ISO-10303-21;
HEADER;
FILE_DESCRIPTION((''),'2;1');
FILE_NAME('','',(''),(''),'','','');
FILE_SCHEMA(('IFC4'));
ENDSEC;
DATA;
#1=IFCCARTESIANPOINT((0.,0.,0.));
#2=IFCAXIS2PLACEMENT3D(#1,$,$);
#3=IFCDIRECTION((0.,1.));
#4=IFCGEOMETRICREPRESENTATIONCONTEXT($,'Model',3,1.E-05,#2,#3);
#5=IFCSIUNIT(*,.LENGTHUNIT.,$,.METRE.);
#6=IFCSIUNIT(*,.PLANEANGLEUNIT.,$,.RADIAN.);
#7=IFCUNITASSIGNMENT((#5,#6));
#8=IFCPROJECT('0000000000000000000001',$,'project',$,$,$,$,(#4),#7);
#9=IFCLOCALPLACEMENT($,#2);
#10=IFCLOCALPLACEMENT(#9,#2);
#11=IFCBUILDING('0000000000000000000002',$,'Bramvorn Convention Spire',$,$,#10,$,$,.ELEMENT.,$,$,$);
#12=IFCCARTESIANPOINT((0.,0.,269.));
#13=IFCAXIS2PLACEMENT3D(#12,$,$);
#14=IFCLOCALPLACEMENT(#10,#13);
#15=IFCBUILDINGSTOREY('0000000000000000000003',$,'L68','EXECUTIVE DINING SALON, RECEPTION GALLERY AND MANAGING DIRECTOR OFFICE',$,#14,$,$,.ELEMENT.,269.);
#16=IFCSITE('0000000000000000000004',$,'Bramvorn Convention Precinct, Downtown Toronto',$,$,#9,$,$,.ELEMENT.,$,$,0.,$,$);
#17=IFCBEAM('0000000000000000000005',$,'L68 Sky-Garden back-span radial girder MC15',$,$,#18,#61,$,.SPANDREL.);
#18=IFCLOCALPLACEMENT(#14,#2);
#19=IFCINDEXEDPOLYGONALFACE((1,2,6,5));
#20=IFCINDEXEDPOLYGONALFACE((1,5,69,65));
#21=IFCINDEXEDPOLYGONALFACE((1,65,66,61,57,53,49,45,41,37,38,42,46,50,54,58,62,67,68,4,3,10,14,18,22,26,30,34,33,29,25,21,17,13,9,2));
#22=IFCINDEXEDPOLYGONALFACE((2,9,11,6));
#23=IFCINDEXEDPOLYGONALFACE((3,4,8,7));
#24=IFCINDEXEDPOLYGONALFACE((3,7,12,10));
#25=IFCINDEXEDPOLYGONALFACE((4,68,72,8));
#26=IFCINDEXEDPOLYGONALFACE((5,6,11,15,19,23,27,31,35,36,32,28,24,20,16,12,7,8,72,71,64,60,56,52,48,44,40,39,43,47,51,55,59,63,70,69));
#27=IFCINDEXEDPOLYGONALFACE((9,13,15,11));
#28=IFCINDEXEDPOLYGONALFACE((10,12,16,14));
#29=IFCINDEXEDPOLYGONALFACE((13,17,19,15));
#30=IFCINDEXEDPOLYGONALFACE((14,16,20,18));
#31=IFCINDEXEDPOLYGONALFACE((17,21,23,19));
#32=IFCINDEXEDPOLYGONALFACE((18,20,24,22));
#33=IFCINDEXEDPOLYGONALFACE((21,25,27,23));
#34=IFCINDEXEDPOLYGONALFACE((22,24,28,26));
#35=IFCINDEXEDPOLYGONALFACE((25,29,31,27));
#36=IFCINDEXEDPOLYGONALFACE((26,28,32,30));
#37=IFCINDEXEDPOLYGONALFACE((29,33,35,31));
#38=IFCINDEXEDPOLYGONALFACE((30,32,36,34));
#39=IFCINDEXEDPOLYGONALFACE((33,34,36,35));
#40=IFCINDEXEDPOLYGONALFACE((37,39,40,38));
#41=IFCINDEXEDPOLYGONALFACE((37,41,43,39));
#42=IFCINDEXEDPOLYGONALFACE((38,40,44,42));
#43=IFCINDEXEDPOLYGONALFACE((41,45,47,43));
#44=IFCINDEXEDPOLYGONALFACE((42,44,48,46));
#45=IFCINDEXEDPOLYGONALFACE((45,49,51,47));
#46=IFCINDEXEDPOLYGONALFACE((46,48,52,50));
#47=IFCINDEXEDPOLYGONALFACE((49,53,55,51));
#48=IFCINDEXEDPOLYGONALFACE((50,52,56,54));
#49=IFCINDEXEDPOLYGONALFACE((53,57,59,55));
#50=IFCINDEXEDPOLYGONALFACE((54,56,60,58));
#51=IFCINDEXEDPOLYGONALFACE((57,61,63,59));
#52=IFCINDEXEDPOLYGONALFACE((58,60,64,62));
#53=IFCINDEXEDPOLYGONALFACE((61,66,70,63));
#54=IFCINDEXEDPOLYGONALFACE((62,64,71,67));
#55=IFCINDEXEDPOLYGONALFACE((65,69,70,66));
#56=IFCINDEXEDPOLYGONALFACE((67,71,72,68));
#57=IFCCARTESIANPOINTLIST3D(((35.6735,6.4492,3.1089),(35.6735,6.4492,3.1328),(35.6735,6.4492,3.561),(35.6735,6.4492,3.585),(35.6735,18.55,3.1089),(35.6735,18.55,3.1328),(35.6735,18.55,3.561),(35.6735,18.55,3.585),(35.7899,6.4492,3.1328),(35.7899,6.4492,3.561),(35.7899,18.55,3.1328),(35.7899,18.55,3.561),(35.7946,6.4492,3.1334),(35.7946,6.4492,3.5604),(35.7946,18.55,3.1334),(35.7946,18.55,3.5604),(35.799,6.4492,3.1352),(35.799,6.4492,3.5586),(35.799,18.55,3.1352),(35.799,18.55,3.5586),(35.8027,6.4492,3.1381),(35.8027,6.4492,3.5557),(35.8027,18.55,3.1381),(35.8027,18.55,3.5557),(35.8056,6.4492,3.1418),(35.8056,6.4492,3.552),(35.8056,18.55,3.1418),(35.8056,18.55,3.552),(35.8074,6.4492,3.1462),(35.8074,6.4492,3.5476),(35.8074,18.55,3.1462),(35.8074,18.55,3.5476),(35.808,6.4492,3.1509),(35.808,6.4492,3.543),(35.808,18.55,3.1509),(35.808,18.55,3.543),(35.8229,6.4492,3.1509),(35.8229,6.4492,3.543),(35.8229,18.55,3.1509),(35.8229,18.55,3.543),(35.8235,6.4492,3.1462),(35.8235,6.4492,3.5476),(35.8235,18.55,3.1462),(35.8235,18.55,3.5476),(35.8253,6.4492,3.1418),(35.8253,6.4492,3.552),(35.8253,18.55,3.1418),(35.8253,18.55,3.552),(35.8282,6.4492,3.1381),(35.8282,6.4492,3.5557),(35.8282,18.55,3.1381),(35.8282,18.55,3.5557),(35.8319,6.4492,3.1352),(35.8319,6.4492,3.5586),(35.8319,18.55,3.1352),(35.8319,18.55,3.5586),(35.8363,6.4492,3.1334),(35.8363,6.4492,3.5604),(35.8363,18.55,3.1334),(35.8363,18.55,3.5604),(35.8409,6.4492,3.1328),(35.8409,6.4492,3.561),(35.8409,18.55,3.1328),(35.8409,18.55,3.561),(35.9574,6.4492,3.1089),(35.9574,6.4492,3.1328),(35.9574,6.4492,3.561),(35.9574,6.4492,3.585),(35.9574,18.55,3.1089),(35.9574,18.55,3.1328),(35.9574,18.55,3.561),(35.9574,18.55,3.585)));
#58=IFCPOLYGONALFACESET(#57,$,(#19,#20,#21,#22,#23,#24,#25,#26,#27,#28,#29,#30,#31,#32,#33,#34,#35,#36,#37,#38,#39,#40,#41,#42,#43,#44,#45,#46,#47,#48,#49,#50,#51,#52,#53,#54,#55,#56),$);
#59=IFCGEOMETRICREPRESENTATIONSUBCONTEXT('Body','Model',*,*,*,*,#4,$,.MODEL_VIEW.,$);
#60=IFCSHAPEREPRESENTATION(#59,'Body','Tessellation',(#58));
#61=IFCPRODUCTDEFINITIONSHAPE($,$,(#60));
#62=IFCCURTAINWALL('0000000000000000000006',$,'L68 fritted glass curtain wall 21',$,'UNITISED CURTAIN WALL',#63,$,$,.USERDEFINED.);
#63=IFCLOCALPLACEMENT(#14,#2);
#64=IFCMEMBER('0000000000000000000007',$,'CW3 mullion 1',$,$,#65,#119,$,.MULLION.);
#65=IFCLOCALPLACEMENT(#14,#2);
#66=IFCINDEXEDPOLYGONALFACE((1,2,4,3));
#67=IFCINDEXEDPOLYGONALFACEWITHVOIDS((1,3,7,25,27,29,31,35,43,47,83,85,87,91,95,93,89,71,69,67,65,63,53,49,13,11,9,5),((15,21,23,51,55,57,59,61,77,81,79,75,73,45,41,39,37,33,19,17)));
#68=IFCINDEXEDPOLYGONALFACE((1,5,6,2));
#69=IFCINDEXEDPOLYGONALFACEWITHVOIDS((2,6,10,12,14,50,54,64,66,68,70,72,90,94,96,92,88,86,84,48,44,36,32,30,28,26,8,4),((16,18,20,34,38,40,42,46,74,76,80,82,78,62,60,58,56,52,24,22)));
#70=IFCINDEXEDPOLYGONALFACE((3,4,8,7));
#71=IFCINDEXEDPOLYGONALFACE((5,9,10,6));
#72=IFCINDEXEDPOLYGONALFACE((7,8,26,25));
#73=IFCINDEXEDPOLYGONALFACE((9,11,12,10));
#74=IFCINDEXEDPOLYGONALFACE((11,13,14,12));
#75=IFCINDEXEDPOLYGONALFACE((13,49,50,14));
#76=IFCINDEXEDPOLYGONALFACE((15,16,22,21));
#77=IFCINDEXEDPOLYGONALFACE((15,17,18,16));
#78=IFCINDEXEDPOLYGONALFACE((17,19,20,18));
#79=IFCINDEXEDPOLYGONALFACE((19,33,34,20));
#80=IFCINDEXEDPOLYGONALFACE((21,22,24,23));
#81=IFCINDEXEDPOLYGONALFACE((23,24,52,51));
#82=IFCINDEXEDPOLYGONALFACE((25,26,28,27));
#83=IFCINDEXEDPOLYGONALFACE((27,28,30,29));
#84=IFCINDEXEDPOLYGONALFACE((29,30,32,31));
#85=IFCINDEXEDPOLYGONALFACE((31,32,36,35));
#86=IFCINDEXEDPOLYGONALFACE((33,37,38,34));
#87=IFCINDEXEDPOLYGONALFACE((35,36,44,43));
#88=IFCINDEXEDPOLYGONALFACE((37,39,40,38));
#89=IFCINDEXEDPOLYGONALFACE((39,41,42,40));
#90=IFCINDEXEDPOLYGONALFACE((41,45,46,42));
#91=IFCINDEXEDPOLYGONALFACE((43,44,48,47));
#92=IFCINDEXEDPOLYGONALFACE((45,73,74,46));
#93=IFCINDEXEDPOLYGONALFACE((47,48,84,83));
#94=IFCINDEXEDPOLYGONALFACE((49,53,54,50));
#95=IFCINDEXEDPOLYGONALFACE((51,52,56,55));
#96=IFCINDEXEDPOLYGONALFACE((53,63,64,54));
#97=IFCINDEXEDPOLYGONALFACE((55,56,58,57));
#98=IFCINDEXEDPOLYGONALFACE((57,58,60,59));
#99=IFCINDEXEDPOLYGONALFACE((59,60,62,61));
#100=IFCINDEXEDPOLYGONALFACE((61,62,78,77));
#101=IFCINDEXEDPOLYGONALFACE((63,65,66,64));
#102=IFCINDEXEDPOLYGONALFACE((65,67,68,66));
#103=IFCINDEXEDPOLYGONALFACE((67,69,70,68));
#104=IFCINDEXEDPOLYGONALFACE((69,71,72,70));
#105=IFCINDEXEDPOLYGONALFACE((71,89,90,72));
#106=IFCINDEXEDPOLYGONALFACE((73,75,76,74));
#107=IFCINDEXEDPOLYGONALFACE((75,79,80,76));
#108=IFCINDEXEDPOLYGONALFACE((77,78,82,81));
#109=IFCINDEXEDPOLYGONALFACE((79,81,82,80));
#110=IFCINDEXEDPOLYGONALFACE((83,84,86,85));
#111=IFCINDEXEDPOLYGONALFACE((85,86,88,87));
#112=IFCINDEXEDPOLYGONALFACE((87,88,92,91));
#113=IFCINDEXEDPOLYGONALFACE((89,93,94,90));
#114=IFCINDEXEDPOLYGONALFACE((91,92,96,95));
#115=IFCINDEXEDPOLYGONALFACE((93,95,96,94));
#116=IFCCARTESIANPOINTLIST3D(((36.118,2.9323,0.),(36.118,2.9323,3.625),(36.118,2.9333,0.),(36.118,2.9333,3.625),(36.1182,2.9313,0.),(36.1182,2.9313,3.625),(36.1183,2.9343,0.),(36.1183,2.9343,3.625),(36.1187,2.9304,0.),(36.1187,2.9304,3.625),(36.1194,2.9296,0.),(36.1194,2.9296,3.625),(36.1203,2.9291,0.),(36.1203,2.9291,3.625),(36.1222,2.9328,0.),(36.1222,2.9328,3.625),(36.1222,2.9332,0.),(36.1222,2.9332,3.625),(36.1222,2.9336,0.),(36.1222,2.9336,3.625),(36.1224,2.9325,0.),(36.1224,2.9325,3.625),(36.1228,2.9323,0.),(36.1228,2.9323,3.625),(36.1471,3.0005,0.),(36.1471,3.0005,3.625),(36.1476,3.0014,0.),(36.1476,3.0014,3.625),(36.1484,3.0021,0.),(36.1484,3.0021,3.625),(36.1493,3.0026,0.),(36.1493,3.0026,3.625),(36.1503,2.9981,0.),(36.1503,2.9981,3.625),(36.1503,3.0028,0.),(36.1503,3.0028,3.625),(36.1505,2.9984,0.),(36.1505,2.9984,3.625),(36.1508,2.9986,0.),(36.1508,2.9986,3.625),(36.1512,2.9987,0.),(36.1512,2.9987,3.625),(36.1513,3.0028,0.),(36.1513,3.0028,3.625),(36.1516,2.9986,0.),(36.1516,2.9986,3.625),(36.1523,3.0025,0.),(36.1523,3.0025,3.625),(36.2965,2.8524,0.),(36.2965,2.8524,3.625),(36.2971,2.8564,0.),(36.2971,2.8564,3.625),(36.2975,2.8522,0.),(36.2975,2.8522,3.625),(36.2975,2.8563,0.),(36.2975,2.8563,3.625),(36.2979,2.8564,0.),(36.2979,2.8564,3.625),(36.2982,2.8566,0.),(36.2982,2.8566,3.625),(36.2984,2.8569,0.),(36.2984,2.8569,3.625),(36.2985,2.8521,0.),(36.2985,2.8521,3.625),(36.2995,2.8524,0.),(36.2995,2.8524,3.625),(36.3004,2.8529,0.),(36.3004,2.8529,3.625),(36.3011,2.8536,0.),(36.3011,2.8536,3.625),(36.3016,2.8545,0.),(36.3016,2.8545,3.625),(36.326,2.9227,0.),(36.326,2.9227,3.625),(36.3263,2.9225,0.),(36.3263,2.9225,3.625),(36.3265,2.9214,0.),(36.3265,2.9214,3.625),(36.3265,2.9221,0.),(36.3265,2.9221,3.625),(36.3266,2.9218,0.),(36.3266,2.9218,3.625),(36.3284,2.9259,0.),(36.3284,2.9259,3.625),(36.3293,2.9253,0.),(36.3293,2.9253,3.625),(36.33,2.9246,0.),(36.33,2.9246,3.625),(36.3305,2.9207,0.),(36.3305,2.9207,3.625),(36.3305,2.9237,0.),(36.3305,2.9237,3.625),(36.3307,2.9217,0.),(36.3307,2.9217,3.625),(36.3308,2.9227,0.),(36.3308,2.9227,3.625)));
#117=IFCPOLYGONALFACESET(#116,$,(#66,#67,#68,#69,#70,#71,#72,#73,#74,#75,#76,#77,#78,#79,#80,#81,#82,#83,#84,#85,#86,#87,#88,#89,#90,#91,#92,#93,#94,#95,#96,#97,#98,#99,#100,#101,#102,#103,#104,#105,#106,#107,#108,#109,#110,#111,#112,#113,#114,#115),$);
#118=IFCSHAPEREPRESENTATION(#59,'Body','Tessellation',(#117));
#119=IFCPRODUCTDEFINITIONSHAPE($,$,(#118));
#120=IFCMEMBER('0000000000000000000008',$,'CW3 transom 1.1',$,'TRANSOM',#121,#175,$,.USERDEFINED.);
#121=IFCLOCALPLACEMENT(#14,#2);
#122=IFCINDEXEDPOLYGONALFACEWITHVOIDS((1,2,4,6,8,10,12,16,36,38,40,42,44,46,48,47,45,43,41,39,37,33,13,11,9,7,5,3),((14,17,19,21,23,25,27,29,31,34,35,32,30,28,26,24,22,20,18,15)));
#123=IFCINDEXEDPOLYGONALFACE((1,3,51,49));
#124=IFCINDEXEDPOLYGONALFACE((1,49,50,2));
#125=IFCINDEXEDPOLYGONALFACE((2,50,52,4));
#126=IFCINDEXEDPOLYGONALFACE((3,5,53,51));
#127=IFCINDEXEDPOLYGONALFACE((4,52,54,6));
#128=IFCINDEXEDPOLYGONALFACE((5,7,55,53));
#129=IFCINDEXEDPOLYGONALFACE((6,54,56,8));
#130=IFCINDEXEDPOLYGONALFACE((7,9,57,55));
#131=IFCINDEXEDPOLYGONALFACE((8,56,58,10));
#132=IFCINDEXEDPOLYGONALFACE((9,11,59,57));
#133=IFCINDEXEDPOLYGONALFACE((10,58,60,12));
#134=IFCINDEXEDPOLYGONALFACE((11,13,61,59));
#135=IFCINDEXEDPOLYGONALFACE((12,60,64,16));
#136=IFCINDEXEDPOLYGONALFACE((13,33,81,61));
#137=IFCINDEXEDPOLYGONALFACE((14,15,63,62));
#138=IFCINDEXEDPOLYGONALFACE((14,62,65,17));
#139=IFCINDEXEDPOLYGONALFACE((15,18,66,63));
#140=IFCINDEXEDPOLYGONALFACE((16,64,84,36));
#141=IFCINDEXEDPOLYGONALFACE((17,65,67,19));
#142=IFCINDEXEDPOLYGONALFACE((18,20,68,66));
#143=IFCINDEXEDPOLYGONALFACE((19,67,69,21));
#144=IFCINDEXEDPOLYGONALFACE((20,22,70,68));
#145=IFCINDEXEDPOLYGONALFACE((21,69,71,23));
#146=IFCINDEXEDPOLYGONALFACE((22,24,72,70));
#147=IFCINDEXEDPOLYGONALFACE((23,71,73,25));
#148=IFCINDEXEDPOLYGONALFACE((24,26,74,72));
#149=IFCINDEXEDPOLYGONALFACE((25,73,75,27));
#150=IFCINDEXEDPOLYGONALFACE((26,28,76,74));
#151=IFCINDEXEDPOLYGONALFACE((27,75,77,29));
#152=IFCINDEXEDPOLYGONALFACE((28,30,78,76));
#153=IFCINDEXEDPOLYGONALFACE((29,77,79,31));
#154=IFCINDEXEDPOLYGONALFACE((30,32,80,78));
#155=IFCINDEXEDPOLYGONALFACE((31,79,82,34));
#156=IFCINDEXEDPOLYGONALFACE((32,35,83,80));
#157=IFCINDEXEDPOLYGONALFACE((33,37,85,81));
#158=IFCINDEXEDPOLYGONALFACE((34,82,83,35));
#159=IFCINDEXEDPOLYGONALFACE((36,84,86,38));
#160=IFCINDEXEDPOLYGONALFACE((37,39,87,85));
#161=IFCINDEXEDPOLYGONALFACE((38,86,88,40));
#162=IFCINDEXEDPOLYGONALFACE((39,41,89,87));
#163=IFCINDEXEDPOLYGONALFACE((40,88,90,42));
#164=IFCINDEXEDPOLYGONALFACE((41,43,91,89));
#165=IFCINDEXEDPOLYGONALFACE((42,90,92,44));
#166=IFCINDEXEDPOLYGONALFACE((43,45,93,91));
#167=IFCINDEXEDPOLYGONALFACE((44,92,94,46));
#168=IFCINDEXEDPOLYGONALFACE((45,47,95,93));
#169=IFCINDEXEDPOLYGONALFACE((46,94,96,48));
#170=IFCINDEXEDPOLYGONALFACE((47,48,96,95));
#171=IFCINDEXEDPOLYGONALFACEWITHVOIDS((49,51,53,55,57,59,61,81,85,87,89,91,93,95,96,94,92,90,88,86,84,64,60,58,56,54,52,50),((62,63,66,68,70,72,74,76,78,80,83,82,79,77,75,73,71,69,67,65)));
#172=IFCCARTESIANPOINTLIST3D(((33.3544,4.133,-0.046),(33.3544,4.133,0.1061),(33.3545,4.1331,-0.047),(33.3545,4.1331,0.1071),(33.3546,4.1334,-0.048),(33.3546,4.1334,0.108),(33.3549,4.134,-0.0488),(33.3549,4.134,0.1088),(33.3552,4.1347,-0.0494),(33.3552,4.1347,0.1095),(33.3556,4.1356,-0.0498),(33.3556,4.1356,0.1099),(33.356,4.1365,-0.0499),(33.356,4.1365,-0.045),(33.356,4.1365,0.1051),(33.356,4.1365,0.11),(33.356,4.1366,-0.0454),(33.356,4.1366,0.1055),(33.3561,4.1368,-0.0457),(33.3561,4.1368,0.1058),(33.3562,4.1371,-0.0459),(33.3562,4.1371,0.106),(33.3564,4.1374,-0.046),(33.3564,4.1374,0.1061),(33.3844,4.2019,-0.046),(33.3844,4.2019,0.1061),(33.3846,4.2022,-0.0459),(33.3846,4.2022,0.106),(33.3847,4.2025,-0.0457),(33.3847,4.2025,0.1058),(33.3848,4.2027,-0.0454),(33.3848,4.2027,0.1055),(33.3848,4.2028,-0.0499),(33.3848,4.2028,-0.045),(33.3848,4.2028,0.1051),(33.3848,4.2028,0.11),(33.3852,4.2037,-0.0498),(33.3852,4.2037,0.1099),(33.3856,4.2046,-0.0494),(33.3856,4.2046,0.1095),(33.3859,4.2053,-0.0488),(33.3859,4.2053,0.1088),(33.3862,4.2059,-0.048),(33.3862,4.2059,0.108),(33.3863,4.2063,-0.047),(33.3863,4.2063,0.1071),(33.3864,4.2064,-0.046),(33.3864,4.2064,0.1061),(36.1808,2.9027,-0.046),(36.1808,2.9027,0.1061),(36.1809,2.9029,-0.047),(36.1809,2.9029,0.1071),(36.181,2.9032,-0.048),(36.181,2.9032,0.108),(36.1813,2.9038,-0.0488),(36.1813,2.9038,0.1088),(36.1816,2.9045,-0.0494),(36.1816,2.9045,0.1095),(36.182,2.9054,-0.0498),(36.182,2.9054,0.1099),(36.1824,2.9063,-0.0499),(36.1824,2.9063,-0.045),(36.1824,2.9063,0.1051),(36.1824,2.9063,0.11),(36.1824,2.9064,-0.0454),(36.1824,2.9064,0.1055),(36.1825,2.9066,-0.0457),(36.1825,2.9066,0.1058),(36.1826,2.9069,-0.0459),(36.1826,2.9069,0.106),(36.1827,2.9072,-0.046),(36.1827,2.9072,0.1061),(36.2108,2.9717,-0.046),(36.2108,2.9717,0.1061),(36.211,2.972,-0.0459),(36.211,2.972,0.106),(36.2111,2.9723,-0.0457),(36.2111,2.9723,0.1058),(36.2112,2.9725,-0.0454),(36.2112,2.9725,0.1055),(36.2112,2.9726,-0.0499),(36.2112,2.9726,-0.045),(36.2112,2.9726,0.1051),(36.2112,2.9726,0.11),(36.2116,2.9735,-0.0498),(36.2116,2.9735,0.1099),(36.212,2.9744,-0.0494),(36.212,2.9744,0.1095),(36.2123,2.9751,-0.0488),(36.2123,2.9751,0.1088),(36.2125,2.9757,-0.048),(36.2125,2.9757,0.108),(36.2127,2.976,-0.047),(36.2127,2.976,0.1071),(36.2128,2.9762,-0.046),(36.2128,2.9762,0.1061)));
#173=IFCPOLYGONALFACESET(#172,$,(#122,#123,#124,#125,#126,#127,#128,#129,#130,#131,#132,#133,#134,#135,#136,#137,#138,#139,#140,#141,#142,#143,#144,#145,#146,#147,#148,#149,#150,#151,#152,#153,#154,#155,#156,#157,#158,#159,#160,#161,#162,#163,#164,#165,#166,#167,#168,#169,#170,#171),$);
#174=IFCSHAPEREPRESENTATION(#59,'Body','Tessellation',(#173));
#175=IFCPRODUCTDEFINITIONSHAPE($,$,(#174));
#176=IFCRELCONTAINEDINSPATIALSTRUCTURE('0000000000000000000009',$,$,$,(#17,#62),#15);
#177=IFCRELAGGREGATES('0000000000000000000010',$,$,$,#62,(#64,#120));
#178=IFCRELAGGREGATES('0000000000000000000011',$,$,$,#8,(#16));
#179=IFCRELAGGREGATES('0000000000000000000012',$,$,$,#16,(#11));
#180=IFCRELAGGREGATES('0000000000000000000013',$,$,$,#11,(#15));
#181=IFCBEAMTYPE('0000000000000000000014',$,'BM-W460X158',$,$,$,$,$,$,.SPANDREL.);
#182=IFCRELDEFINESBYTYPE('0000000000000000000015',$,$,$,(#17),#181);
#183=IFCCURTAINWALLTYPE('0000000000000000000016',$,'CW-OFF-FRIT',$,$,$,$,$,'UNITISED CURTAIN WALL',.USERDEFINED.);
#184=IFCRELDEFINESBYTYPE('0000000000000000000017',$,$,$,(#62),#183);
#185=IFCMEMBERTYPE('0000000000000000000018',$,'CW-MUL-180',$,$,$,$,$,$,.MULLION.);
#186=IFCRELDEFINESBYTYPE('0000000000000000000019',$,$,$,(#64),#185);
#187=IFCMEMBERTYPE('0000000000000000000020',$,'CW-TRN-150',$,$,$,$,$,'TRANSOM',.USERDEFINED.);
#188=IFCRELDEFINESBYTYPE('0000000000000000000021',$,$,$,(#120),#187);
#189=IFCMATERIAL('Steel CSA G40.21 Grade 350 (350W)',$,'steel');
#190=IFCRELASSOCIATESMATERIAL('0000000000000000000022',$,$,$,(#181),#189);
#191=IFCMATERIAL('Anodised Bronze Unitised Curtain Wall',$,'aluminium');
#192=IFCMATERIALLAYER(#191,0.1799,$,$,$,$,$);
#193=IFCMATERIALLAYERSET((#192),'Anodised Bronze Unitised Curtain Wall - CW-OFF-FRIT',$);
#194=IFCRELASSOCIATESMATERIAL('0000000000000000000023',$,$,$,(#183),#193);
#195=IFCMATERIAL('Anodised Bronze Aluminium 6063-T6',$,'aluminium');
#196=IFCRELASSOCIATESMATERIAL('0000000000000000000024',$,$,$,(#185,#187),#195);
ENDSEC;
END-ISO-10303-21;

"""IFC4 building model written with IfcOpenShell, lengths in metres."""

from ifc_helpers import new_model, si_unit, direction, frame, origin, origin_2d, place, context, subcontext, project, spatial, hollow_rectangle, i_section, extrude, material, layer, layer_set, material_profile, profile_set, type_object, element, aggregate, save


model = new_model("IFC4")

# Units and contexts
model_context = context("Model", 3, precision=1e-05, world=origin(), true_north=direction((0.0, 1.0)))
body_context = subcontext(model_context, "Body", "Model", "MODEL_VIEW")
ifc_project = project(units=[si_unit("LENGTHUNIT", "METRE"), si_unit("PLANEANGLEUNIT", "RADIAN")], contexts=[model_context])

# Site, building, storey
site_placement = place(None, origin())
site = spatial("IfcSite", under=ifc_project, at=site_placement, Name="Bramvorn Convention Precinct, Downtown Toronto", CompositionType="ELEMENT", RefElevation=0.0)
building_placement = place(site_placement, origin())
building = spatial("IfcBuilding", under=site, at=building_placement, Name="Bramvorn Convention Spire", CompositionType="ELEMENT")
storey_placement = place(building_placement, frame((0.0, 0.0, 269.0)))
storey = spatial("IfcBuildingStorey", under=building, at=storey_placement, Name="L68", Description="EXECUTIVE DINING SALON, RECEPTION GALLERY AND MANAGING DIRECTOR OFFICE", CompositionType="ELEMENT", Elevation=269.0)

# Shared definitions
ifc_material_1 = material(Name="Steel CSA G40.21 Grade 350 (350W)", Category="steel")

# Beam
ifc_material_profile_1 = material_profile(ifc_material_1, i_section(OverallWidth=0.2839, OverallDepth=0.4761, WebThickness=0.0149, FlangeThickness=0.0239, FilletRadius=0.0181, at=origin_2d()))
ifc_profile_set_1 = profile_set([ifc_material_profile_1], Name="Steel CSA G40.21 Grade 350 (350W) - W460X158")
beam_type_1 = type_object("IfcBeamType", Name="BM-W460X158", PredefinedType="SPANDREL", material=ifc_profile_set_1)
beam_1_placement = place(storey_placement, frame((35.8154, 18.55, 3.3469), z_axis=(0.0, -1.0, 0.0), x_axis=(1.0, 0.0, 0.0)))
element("IfcBeam", 1, at=beam_1_placement, inside=storey, type_object=beam_type_1, Name="L68 Sky-Garden back-span radial girder MC15", PredefinedType="SPANDREL", context=body_context, shape_type="SweptSolid", body=[
    extrude(i_section(OverallWidth=0.2839, OverallDepth=0.4761, WebThickness=0.0149, FlangeThickness=0.0239, FilletRadius=0.0181, at=origin_2d()), origin(), (0.0, 0.0, 1.0), 12.1008),
])

# Curtain wall, members
ifc_material_2 = material(Name="Anodised Bronze Unitised Curtain Wall", Category="aluminium")
ifc_layer_1 = layer(ifc_material_2, 0.1799)
ifc_layer_set_1 = layer_set([ifc_layer_1], Name="Anodised Bronze Unitised Curtain Wall - CW-OFF-FRIT")
curtain_wall_type = type_object("IfcCurtainWallType", Name="CW-OFF-FRIT", ElementType="UNITISED CURTAIN WALL", PredefinedType="USERDEFINED", material=ifc_layer_set_1)
curtain_wall_placement = place(storey_placement, origin())
curtain_wall = element("IfcCurtainWall", 2, at=curtain_wall_placement, inside=storey, type_object=curtain_wall_type, Name="L68 fritted glass curtain wall 21", ObjectType="UNITISED CURTAIN WALL", PredefinedType="USERDEFINED")
ifc_material_3 = material(Name="Anodised Bronze Aluminium 6063-T6", Category="aluminium")
ifc_material_profile_2 = material_profile(ifc_material_3, hollow_rectangle(XDim=0.0801, YDim=0.2, WallThickness=0.0039, InnerFilletRadius=0.001, OuterFilletRadius=0.0039, at=origin_2d()))
ifc_profile_set_2 = profile_set([ifc_material_profile_2], Name="Anodised Bronze Aluminium 6063-T6 - CWM80X200")
member_type_1 = type_object("IfcMemberType", Name="CW-MUL-180", PredefinedType="MULLION", material=ifc_profile_set_2)
member_1_placement = place(storey_placement, frame((36.2244, 2.9275, 0.0), z_axis=(0.0, 0.0, 1.0), x_axis=(-0.399089, -0.916912, 0.0)))
member_1 = element("IfcMember", 3, at=member_1_placement, type_object=member_type_1, Name="CW3 mullion 1", PredefinedType="MULLION", context=body_context, shape_type="SweptSolid", body=[
    extrude(hollow_rectangle(XDim=0.0801, YDim=0.2, WallThickness=0.0039, InnerFilletRadius=0.001, OuterFilletRadius=0.0039, at=origin_2d()), origin(), (0.0, 0.0, 1.0), 3.625),
])
ifc_material_profile_3 = material_profile(ifc_material_3, hollow_rectangle(XDim=0.0801, YDim=0.1599, WallThickness=0.0039, InnerFilletRadius=0.001, OuterFilletRadius=0.0039, at=origin_2d()))
ifc_profile_set_3 = profile_set([ifc_material_profile_3], Name="Anodised Bronze Aluminium 6063-T6 - CWT80X160")
member_type_2 = type_object("IfcMemberType", Name="CW-TRN-150", ElementType="TRANSOM", PredefinedType="USERDEFINED", material=ifc_profile_set_3)
member_2_placement = place(storey_placement, frame((36.1968, 2.9395, 0.03), z_axis=(-0.91691, 0.399094, 0.0), x_axis=(-0.399094, -0.91691, 0.0)))
member_2 = element("IfcMember", 4, at=member_2_placement, type_object=member_type_2, Name="CW3 transom 1.1", ObjectType="TRANSOM", PredefinedType="USERDEFINED", context=body_context, shape_type="SweptSolid", body=[
    extrude(hollow_rectangle(XDim=0.0801, YDim=0.1599, WallThickness=0.0039, InnerFilletRadius=0.001, OuterFilletRadius=0.0039, at=origin_2d()), origin(), (0.0, 0.0, 1.0), 3.0825),
])

aggregate(curtain_wall, [member_1, member_2])

save(model, "model.ifc")
